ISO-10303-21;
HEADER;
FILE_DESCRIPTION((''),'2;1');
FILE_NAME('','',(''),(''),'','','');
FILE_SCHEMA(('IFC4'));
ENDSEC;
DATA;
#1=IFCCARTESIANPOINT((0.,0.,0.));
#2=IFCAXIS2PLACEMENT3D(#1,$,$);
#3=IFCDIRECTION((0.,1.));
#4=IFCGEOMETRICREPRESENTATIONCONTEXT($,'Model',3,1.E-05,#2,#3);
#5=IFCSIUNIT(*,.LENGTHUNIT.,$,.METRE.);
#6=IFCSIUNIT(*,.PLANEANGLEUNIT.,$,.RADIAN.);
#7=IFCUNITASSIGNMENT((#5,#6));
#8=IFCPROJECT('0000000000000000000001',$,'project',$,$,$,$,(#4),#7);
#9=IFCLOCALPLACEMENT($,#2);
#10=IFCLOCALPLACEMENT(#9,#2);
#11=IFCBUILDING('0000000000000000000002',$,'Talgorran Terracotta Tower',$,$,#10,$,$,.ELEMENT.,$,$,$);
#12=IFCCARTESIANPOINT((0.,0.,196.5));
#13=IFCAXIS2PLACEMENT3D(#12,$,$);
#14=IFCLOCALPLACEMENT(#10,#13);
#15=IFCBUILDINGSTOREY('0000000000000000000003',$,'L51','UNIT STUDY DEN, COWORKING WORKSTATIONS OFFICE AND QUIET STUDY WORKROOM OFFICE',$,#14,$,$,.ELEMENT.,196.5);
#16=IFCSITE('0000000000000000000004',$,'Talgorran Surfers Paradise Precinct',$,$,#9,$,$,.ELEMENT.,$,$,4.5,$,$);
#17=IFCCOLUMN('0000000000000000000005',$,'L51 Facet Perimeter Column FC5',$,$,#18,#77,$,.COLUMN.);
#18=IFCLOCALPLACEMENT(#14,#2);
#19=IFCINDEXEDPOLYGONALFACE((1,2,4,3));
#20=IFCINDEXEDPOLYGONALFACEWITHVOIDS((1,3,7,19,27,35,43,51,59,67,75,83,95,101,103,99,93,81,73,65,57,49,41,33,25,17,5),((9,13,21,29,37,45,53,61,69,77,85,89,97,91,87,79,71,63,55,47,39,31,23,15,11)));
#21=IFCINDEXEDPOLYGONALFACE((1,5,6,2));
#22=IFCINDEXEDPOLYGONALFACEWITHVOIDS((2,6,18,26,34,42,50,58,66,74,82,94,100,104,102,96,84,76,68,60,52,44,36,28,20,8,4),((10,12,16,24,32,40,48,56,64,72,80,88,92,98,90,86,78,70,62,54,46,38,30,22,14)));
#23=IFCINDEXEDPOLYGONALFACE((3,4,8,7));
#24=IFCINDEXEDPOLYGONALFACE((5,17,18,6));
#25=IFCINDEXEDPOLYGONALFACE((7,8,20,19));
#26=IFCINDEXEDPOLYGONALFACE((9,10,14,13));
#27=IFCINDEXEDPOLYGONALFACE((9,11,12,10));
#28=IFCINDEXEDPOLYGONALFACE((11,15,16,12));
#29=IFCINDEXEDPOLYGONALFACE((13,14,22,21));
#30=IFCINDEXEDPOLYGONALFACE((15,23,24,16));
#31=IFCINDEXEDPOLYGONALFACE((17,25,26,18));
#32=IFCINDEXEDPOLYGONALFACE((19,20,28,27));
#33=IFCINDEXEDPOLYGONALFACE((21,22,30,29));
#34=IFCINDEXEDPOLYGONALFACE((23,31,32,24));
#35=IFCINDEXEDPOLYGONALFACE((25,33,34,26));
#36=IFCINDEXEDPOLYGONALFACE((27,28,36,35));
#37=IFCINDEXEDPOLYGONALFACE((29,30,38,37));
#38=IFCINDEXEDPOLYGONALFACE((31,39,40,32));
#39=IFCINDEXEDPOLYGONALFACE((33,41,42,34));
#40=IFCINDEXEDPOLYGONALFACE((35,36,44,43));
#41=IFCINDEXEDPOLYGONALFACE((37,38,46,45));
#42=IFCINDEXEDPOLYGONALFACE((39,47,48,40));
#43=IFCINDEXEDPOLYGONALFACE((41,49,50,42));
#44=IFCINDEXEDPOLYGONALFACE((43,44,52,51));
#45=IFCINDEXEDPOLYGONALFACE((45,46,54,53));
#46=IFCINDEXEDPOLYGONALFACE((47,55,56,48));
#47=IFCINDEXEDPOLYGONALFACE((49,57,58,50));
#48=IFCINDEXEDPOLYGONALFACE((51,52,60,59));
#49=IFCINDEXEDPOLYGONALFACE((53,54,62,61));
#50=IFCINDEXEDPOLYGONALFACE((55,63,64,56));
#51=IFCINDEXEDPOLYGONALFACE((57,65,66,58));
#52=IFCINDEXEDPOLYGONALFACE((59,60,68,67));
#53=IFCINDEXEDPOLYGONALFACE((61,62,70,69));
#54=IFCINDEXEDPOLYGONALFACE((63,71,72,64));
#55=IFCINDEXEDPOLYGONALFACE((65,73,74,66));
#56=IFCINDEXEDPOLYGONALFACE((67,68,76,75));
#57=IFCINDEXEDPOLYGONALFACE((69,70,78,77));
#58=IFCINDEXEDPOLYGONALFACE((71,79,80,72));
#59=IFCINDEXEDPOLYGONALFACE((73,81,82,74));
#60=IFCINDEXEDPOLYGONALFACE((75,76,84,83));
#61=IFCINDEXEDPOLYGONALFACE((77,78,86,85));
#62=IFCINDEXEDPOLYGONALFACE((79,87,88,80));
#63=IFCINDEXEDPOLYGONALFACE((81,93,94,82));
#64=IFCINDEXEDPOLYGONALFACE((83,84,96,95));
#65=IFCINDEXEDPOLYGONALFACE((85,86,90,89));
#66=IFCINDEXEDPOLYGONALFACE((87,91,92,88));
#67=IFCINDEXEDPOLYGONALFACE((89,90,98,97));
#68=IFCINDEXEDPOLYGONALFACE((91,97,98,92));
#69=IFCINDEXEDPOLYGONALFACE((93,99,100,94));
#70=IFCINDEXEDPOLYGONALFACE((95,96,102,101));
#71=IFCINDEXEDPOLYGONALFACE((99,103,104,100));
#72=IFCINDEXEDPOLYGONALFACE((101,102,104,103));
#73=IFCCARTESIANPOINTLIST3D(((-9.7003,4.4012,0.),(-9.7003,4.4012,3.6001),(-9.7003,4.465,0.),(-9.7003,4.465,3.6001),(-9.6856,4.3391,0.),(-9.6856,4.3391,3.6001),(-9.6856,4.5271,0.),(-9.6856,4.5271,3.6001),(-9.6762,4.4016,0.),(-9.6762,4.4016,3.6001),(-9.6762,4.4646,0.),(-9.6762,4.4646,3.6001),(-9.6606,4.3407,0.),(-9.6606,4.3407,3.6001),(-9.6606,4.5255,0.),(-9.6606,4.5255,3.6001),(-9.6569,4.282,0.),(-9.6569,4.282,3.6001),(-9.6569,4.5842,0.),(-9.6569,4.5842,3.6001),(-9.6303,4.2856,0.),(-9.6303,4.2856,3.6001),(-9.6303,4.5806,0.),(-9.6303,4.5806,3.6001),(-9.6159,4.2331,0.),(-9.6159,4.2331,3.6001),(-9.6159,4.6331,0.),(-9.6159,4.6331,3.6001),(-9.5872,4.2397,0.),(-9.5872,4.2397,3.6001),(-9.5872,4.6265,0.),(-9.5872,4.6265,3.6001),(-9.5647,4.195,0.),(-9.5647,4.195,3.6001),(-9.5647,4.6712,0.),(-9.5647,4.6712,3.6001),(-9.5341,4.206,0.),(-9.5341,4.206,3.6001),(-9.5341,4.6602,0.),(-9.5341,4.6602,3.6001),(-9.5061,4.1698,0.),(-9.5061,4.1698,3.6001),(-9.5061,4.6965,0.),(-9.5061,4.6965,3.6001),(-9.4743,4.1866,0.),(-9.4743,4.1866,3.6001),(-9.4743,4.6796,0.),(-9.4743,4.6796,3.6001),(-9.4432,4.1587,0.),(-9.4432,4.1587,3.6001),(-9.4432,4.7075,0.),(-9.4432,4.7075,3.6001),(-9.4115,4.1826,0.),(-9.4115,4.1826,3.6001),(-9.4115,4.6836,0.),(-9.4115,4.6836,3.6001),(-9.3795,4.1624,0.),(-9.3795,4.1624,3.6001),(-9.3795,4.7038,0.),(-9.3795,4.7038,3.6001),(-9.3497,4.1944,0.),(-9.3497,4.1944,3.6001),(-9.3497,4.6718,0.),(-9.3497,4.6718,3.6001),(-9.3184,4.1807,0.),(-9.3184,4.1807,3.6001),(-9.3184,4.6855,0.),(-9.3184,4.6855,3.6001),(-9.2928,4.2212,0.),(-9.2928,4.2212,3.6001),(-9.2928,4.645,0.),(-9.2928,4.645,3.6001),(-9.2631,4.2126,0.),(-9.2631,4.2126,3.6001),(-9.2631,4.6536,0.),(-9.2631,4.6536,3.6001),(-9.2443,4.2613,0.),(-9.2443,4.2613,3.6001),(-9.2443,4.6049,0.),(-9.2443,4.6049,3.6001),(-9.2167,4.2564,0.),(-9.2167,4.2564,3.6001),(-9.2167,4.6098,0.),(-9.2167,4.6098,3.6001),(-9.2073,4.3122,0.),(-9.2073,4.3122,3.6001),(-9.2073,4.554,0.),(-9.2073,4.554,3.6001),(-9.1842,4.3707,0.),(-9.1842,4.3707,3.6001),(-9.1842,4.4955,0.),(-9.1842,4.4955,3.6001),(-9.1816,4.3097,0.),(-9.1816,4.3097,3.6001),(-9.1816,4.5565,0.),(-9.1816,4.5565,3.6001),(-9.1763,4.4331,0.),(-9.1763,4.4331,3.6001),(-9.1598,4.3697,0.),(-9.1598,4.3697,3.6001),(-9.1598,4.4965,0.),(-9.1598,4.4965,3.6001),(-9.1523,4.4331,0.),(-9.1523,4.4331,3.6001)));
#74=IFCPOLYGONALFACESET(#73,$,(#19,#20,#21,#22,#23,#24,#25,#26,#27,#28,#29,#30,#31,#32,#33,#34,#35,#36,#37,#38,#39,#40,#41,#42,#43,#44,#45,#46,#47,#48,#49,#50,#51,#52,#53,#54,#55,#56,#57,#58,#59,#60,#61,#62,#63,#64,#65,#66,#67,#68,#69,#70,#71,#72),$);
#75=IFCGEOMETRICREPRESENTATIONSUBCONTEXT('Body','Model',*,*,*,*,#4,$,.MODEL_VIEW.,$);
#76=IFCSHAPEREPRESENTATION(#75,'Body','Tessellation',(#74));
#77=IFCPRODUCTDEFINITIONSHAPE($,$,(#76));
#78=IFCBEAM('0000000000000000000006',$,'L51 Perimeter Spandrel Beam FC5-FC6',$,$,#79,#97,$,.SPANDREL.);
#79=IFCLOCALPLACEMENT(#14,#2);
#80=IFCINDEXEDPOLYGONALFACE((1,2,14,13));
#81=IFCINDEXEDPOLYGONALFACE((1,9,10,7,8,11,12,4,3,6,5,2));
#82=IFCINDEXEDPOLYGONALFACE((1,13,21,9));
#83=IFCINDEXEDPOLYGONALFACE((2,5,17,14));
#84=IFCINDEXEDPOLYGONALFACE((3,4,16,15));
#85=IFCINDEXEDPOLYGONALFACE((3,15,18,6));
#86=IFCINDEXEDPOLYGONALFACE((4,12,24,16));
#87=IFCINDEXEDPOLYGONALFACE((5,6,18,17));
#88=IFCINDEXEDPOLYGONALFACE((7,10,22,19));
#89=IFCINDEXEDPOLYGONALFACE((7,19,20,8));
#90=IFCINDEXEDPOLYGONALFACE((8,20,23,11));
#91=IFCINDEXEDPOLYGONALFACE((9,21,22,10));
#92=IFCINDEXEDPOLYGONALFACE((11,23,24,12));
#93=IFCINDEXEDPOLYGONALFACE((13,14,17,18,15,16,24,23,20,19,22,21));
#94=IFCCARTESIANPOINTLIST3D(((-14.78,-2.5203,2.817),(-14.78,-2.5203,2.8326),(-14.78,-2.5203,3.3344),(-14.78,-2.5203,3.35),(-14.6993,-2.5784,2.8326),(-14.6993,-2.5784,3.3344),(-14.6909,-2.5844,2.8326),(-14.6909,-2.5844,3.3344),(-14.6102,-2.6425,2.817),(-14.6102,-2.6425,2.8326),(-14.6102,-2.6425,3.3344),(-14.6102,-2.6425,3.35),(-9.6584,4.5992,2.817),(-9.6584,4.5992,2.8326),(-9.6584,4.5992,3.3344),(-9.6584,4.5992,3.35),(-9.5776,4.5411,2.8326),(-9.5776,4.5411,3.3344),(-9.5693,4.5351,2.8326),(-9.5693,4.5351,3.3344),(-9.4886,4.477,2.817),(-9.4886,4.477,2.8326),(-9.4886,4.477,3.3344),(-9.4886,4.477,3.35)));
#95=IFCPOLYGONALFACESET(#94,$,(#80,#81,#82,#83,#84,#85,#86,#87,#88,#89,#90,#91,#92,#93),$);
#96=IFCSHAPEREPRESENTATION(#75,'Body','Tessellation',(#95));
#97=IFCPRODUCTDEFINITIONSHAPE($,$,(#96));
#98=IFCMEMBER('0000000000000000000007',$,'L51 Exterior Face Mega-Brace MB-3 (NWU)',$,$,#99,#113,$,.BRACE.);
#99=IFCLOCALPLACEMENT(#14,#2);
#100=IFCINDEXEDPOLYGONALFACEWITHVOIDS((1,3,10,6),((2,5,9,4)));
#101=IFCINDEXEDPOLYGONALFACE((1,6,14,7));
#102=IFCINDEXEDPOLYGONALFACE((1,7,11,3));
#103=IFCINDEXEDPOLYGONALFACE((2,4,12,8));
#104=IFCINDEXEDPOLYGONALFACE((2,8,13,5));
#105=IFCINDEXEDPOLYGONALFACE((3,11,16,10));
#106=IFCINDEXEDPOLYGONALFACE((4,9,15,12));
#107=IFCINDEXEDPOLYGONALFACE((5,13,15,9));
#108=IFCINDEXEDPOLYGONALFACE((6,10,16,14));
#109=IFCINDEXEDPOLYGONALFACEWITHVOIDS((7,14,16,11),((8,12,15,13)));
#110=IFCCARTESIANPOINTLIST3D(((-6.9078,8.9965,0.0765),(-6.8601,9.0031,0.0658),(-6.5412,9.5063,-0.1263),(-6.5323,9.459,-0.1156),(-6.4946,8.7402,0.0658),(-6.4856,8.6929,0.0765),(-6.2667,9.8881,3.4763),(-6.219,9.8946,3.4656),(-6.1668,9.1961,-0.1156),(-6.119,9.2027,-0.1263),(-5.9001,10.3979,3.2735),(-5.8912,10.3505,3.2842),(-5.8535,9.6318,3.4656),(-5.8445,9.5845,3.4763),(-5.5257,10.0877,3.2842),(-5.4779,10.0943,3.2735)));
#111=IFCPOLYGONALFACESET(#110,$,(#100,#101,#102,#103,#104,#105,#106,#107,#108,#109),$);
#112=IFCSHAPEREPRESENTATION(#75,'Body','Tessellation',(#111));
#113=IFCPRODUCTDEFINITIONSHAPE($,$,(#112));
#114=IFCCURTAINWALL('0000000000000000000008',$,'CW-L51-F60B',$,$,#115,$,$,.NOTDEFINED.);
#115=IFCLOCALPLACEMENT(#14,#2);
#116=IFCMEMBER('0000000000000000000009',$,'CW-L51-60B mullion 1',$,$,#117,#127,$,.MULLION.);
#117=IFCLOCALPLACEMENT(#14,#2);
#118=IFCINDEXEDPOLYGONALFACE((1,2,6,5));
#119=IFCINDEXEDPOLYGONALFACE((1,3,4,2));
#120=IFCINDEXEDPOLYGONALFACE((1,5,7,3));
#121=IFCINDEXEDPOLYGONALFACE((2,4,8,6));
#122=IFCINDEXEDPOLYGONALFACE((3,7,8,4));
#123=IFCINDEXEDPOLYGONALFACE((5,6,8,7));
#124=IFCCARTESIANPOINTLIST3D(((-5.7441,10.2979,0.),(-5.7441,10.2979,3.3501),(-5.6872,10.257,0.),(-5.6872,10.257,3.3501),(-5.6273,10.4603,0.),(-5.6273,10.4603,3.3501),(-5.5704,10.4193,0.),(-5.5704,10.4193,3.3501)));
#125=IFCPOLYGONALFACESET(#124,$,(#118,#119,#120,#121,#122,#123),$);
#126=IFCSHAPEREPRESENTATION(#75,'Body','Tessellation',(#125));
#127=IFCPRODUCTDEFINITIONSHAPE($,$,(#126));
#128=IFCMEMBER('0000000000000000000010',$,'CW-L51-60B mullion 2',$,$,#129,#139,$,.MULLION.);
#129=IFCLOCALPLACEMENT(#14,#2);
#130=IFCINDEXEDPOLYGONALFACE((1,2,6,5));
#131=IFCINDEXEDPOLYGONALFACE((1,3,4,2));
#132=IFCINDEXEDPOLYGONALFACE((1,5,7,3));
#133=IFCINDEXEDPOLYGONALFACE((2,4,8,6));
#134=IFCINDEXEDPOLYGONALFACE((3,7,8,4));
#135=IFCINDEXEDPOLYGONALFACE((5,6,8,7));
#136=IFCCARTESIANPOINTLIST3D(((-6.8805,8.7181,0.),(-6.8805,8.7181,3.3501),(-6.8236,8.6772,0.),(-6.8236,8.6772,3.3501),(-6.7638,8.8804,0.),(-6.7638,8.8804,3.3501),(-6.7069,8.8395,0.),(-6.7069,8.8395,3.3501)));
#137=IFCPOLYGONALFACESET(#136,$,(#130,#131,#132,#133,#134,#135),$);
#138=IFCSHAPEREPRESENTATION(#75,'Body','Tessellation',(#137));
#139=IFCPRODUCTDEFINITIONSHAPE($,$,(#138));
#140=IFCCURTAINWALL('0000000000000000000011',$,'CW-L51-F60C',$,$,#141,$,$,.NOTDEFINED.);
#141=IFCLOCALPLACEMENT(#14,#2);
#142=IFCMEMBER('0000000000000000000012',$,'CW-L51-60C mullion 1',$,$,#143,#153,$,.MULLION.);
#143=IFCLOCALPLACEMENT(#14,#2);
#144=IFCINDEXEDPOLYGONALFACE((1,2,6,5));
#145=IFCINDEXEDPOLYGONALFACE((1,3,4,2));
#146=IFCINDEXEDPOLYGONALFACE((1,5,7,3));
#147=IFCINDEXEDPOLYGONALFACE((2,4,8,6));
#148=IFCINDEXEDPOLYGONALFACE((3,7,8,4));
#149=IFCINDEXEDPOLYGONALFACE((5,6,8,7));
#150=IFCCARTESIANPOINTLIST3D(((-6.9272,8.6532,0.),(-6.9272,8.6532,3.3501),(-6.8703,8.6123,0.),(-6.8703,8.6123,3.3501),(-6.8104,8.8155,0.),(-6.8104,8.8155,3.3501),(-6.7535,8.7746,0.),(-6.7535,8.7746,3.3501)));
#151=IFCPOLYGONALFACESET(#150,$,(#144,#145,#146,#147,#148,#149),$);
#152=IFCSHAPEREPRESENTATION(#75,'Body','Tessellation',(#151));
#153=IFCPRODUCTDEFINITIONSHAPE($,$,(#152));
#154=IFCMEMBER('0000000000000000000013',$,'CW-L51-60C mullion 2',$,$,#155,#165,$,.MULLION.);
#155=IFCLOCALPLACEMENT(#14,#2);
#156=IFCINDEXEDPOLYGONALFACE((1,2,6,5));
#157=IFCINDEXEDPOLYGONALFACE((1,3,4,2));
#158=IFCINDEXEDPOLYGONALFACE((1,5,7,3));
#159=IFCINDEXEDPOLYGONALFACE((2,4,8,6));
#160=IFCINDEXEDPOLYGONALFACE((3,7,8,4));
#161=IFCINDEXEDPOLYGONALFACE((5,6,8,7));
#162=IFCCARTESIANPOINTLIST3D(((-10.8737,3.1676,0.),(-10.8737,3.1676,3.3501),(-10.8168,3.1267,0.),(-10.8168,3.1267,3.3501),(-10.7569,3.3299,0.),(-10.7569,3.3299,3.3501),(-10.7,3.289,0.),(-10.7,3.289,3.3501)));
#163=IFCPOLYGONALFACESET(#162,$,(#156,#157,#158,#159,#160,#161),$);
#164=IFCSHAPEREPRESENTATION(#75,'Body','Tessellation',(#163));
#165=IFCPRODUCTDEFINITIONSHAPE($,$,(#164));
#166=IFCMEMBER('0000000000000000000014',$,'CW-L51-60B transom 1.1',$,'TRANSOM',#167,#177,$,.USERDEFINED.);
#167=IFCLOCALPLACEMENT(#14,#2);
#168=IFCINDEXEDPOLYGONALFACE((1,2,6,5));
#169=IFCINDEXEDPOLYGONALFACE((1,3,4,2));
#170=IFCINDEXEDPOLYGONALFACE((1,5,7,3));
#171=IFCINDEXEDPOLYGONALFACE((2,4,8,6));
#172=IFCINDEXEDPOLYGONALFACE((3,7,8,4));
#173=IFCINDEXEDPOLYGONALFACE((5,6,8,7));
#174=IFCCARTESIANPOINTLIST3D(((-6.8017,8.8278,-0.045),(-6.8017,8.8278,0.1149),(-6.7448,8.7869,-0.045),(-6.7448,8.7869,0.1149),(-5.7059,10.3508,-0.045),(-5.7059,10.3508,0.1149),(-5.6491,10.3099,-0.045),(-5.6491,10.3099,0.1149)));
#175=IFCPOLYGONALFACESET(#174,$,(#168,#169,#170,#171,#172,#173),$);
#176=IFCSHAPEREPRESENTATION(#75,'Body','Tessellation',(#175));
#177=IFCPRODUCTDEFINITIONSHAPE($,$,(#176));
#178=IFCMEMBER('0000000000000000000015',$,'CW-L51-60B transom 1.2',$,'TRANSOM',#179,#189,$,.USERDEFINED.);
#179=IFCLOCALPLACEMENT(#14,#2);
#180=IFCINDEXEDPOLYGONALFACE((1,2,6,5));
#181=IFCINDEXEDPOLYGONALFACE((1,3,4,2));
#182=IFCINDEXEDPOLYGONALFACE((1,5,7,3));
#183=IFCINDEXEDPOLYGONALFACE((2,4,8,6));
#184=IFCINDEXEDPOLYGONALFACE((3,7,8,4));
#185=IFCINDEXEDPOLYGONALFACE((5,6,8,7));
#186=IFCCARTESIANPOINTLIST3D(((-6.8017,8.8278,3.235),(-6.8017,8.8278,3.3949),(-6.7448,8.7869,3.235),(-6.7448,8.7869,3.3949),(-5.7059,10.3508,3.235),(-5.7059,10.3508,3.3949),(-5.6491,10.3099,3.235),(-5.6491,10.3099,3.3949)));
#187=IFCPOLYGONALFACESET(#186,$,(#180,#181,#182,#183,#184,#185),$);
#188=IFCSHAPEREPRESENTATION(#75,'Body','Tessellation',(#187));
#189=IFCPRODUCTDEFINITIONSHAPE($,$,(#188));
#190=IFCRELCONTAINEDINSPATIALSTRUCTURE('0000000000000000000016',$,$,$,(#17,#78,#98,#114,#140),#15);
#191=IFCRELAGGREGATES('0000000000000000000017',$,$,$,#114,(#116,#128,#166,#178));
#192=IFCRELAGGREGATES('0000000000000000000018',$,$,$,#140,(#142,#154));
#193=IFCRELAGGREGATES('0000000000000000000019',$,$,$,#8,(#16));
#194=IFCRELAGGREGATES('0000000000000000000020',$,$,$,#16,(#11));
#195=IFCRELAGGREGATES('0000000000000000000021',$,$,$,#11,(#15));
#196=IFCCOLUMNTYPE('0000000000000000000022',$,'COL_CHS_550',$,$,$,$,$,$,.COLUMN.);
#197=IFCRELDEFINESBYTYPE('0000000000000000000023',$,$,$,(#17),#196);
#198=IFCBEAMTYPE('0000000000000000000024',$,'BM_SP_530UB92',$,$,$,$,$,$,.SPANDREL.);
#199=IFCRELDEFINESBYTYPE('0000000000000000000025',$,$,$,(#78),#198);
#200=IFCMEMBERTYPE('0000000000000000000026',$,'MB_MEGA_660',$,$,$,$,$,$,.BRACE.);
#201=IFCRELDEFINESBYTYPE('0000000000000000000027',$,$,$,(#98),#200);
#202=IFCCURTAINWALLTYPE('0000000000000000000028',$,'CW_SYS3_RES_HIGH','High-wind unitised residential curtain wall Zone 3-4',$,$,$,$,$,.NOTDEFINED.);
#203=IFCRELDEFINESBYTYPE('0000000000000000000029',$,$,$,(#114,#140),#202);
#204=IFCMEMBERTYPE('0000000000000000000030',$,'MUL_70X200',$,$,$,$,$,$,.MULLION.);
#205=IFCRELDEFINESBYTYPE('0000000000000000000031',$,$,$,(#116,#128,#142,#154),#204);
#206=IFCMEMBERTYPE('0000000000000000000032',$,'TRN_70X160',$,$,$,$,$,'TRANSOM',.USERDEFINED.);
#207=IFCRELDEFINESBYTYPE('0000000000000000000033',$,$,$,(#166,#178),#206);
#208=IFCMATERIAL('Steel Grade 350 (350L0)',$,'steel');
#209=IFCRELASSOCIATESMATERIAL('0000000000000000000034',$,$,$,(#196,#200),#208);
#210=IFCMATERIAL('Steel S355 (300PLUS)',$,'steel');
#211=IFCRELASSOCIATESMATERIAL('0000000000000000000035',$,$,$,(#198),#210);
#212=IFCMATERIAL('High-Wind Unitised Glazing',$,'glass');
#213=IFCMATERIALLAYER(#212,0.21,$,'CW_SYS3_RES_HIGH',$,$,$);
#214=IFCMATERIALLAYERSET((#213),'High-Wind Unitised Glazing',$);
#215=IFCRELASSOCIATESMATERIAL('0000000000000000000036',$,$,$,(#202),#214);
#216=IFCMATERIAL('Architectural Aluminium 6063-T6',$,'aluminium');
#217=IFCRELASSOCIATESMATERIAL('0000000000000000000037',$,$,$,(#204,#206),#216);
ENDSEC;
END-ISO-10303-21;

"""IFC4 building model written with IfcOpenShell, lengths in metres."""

from ifc_helpers import new_model, si_unit, direction, frame, origin, origin_2d, place, context, subcontext, project, spatial, rectangle, hollow_rectangle, hollow_circle, i_section, extrude, material, layer, layer_set, material_profile, profile_set, type_object, element, aggregate, save


model = new_model("IFC4")

# Units and contexts
model_context = context("Model", 3, precision=1e-05, world=origin(), true_north=direction((0.0, 1.0)))
body_context = subcontext(model_context, "Body", "Model", "MODEL_VIEW")
ifc_project = project(units=[si_unit("LENGTHUNIT", "METRE"), si_unit("PLANEANGLEUNIT", "RADIAN")], contexts=[model_context])

# Site, building, storey
site_placement = place(None, origin())
site = spatial("IfcSite", under=ifc_project, at=site_placement, Name="Talgorran Surfers Paradise Precinct", CompositionType="ELEMENT", RefElevation=4.5)
building_placement = place(site_placement, origin())
building = spatial("IfcBuilding", under=site, at=building_placement, Name="Talgorran Terracotta Tower", CompositionType="ELEMENT")
storey_placement = place(building_placement, frame((0.0, 0.0, 196.5)))
storey = spatial("IfcBuildingStorey", under=building, at=storey_placement, Name="L51", Description="UNIT STUDY DEN, COWORKING WORKSTATIONS OFFICE AND QUIET STUDY WORKROOM OFFICE", CompositionType="ELEMENT", Elevation=196.5)

# Column
ifc_material_1 = material(Name="Steel Grade 350 (350L0)", Category="steel")
ifc_material_profile_1 = material_profile(ifc_material_1, hollow_circle(Radius=0.2749, WallThickness=0.0239, at=origin_2d()), Name="CHS550X24")
ifc_profile_set_1 = profile_set([ifc_material_profile_1], Name="Steel Grade 350 (350L0)")
column_type = type_object("IfcColumnType", Name="COL_CHS_550", PredefinedType="COLUMN", material=ifc_profile_set_1)
column_placement = place(storey_placement, frame((-9.4272, 4.4331, 0.0), z_axis=(0.0, 0.0, 1.0), x_axis=(1.0, 0.0, 0.0)))
element("IfcColumn", 1, at=column_placement, inside=storey, type_object=column_type, Name="L51 Facet Perimeter Column FC5", PredefinedType="COLUMN", context=body_context, shape_type="SweptSolid", body=[
    extrude(hollow_circle(Radius=0.2749, WallThickness=0.0239, at=origin_2d()), origin(), (0.0, 0.0, 1.0), 3.6001),
])

# Beam
ifc_material_2 = material(Name="Steel S355 (300PLUS)", Category="steel")
ifc_material_profile_2 = material_profile(ifc_material_2, i_section(OverallWidth=0.2092, OverallDepth=0.533, WebThickness=0.0103, FlangeThickness=0.0156, at=origin_2d()), Name="530UB92.4")
ifc_profile_set_2 = profile_set([ifc_material_profile_2], Name="Steel S355 (300PLUS)")
beam_type = type_object("IfcBeamType", Name="BM_SP_530UB92", PredefinedType="SPANDREL", material=ifc_profile_set_2)
beam_placement = place(storey_placement, frame((-9.5735, 4.5381, 3.0835), z_axis=(-0.583976, -0.811771, 0.0), x_axis=(0.811771, -0.583976, 0.0)))
element("IfcBeam", 2, at=beam_placement, inside=storey, type_object=beam_type, Name="L51 Perimeter Spandrel Beam FC5-FC6", PredefinedType="SPANDREL", context=body_context, shape_type="SweptSolid", body=[
    extrude(i_section(OverallWidth=0.2092, OverallDepth=0.533, WebThickness=0.0103, FlangeThickness=0.0156, at=origin_2d()), origin(), (0.0, 0.0, 1.0), 8.7703),
])

# Member
ifc_material_profile_3 = material_profile(ifc_material_1, hollow_rectangle(XDim=0.52, YDim=0.6599, WallThickness=0.0349, at=origin_2d()), Name="WBOX660X520X35")
ifc_profile_set_3 = profile_set([ifc_material_profile_3], Name="Steel Grade 350 (350L0)")
member_type_1 = type_object("IfcMemberType", Name="MB_MEGA_660", PredefinedType="BRACE", material=ifc_profile_set_3)
member_1_placement = place(storey_placement, frame((-6.5134, 9.0996, -0.0249), z_axis=(0.17944, 0.249549, 0.951592), x_axis=(-0.811897, 0.583801, 0.0)))
element("IfcMember", 3, at=member_1_placement, inside=storey, type_object=member_type_1, Name="L51 Exterior Face Mega-Brace MB-3 (NWU)", PredefinedType="BRACE", context=body_context, shape_type="SweptSolid", body=[
    extrude(hollow_rectangle(XDim=0.52, YDim=0.6599, WallThickness=0.0349, at=origin_2d()), origin(), (0.0, 0.0, 1.0), 3.5728),
])

# Curtain walls, members
ifc_material_3 = material(Name="High-Wind Unitised Glazing", Category="glass")
ifc_layer_1 = layer(ifc_material_3, 0.21, Name="CW_SYS3_RES_HIGH")
ifc_layer_set_1 = layer_set([ifc_layer_1], Name="High-Wind Unitised Glazing")
curtain_wall_type = type_object("IfcCurtainWallType", Name="CW_SYS3_RES_HIGH", Description="High-wind unitised residential curtain wall Zone 3-4", PredefinedType="NOTDEFINED", material=ifc_layer_set_1)
curtain_wall_1_placement = place(storey_placement, origin())
curtain_wall_1 = element("IfcCurtainWall", 4, at=curtain_wall_1_placement, inside=storey, type_object=curtain_wall_type, Name="CW-L51-F60B", PredefinedType="NOTDEFINED")
ifc_material_4 = material(Name="Architectural Aluminium 6063-T6", Category="aluminium")
ifc_material_profile_4 = material_profile(ifc_material_4, rectangle(XDim=0.0701, YDim=0.2, at=origin_2d()), Name="CWM70X200")
ifc_profile_set_4 = profile_set([ifc_material_profile_4], Name="Architectural Aluminium 6063-T6")
member_type_2 = type_object("IfcMemberType", Name="MUL_70X200", PredefinedType="MULLION", material=ifc_profile_set_4)
member_2_placement = place(storey_placement, frame((-5.6572, 10.3586, 0.0), z_axis=(0.0, 0.0, 1.0), x_axis=(0.811758, -0.583994, 0.0)))
member_2 = element("IfcMember", 5, at=member_2_placement, type_object=member_type_2, Name="CW-L51-60B mullion 1", PredefinedType="MULLION", context=body_context, shape_type="SweptSolid", body=[
    extrude(rectangle(XDim=0.0701, YDim=0.2, at=origin_2d()), origin(), (0.0, 0.0, 1.0), 3.3501),
])
member_3_placement = place(storey_placement, frame((-6.7937, 8.7788, 0.0), z_axis=(0.0, 0.0, 1.0), x_axis=(0.811758, -0.583994, 0.0)))
member_3 = element("IfcMember", 6, at=member_3_placement, type_object=member_type_2, Name="CW-L51-60B mullion 2", PredefinedType="MULLION", context=body_context, shape_type="SweptSolid", body=[
    extrude(rectangle(XDim=0.0701, YDim=0.2, at=origin_2d()), origin(), (0.0, 0.0, 1.0), 3.3501),
])
curtain_wall_2_placement = place(storey_placement, origin())
curtain_wall_2 = element("IfcCurtainWall", 7, at=curtain_wall_2_placement, inside=storey, type_object=curtain_wall_type, Name="CW-L51-F60C", PredefinedType="NOTDEFINED")
member_4_placement = place(storey_placement, frame((-6.8403, 8.7139, 0.0), z_axis=(0.0, 0.0, 1.0), x_axis=(0.811758, -0.583993, 0.0)))
member_4 = element("IfcMember", 8, at=member_4_placement, type_object=member_type_2, Name="CW-L51-60C mullion 1", PredefinedType="MULLION", context=body_context, shape_type="SweptSolid", body=[
    extrude(rectangle(XDim=0.0701, YDim=0.2, at=origin_2d()), origin(), (0.0, 0.0, 1.0), 3.3501),
])
member_5_placement = place(storey_placement, frame((-10.7869, 3.2283, 0.0), z_axis=(0.0, 0.0, 1.0), x_axis=(0.811758, -0.583993, 0.0)))
member_5 = element("IfcMember", 9, at=member_5_placement, type_object=member_type_2, Name="CW-L51-60C mullion 2", PredefinedType="MULLION", context=body_context, shape_type="SweptSolid", body=[
    extrude(rectangle(XDim=0.0701, YDim=0.2, at=origin_2d()), origin(), (0.0, 0.0, 1.0), 3.3501),
])

# Members
ifc_material_profile_5 = material_profile(ifc_material_4, rectangle(XDim=0.0701, YDim=0.1599, at=origin_2d()), Name="CWT70X160")
ifc_profile_set_5 = profile_set([ifc_material_profile_5], Name="Architectural Aluminium 6063-T6")
member_type_3 = type_object("IfcMemberType", Name="TRN_70X160", ElementType="TRANSOM", PredefinedType="USERDEFINED", material=ifc_profile_set_5)
member_6_placement = place(storey_placement, frame((-5.6775, 10.3303, 0.0349), z_axis=(-0.584017, -0.811742, 0.0), x_axis=(0.811742, -0.584017, 0.0)))
member_6 = element("IfcMember", 10, at=member_6_placement, type_object=member_type_3, Name="CW-L51-60B transom 1.1", ObjectType="TRANSOM", PredefinedType="USERDEFINED", context=body_context, shape_type="SweptSolid", body=[
    extrude(rectangle(XDim=0.0701, YDim=0.1599, at=origin_2d()), origin(), (0.0, 0.0, 1.0), 1.8762),
])
member_7_placement = place(storey_placement, frame((-5.6775, 10.3303, 3.3149), z_axis=(-0.584017, -0.811742, 0.0), x_axis=(0.811742, -0.584017, 0.0)))
member_7 = element("IfcMember", 11, at=member_7_placement, type_object=member_type_3, Name="CW-L51-60B transom 1.2", ObjectType="TRANSOM", PredefinedType="USERDEFINED", context=body_context, shape_type="SweptSolid", body=[
    extrude(rectangle(XDim=0.0701, YDim=0.1599, at=origin_2d()), origin(), (0.0, 0.0, 1.0), 1.8762),
])

aggregate(curtain_wall_1, [member_2, member_3, member_6, member_7])
aggregate(curtain_wall_2, [member_4, member_5])

save(model, "model.ifc")
